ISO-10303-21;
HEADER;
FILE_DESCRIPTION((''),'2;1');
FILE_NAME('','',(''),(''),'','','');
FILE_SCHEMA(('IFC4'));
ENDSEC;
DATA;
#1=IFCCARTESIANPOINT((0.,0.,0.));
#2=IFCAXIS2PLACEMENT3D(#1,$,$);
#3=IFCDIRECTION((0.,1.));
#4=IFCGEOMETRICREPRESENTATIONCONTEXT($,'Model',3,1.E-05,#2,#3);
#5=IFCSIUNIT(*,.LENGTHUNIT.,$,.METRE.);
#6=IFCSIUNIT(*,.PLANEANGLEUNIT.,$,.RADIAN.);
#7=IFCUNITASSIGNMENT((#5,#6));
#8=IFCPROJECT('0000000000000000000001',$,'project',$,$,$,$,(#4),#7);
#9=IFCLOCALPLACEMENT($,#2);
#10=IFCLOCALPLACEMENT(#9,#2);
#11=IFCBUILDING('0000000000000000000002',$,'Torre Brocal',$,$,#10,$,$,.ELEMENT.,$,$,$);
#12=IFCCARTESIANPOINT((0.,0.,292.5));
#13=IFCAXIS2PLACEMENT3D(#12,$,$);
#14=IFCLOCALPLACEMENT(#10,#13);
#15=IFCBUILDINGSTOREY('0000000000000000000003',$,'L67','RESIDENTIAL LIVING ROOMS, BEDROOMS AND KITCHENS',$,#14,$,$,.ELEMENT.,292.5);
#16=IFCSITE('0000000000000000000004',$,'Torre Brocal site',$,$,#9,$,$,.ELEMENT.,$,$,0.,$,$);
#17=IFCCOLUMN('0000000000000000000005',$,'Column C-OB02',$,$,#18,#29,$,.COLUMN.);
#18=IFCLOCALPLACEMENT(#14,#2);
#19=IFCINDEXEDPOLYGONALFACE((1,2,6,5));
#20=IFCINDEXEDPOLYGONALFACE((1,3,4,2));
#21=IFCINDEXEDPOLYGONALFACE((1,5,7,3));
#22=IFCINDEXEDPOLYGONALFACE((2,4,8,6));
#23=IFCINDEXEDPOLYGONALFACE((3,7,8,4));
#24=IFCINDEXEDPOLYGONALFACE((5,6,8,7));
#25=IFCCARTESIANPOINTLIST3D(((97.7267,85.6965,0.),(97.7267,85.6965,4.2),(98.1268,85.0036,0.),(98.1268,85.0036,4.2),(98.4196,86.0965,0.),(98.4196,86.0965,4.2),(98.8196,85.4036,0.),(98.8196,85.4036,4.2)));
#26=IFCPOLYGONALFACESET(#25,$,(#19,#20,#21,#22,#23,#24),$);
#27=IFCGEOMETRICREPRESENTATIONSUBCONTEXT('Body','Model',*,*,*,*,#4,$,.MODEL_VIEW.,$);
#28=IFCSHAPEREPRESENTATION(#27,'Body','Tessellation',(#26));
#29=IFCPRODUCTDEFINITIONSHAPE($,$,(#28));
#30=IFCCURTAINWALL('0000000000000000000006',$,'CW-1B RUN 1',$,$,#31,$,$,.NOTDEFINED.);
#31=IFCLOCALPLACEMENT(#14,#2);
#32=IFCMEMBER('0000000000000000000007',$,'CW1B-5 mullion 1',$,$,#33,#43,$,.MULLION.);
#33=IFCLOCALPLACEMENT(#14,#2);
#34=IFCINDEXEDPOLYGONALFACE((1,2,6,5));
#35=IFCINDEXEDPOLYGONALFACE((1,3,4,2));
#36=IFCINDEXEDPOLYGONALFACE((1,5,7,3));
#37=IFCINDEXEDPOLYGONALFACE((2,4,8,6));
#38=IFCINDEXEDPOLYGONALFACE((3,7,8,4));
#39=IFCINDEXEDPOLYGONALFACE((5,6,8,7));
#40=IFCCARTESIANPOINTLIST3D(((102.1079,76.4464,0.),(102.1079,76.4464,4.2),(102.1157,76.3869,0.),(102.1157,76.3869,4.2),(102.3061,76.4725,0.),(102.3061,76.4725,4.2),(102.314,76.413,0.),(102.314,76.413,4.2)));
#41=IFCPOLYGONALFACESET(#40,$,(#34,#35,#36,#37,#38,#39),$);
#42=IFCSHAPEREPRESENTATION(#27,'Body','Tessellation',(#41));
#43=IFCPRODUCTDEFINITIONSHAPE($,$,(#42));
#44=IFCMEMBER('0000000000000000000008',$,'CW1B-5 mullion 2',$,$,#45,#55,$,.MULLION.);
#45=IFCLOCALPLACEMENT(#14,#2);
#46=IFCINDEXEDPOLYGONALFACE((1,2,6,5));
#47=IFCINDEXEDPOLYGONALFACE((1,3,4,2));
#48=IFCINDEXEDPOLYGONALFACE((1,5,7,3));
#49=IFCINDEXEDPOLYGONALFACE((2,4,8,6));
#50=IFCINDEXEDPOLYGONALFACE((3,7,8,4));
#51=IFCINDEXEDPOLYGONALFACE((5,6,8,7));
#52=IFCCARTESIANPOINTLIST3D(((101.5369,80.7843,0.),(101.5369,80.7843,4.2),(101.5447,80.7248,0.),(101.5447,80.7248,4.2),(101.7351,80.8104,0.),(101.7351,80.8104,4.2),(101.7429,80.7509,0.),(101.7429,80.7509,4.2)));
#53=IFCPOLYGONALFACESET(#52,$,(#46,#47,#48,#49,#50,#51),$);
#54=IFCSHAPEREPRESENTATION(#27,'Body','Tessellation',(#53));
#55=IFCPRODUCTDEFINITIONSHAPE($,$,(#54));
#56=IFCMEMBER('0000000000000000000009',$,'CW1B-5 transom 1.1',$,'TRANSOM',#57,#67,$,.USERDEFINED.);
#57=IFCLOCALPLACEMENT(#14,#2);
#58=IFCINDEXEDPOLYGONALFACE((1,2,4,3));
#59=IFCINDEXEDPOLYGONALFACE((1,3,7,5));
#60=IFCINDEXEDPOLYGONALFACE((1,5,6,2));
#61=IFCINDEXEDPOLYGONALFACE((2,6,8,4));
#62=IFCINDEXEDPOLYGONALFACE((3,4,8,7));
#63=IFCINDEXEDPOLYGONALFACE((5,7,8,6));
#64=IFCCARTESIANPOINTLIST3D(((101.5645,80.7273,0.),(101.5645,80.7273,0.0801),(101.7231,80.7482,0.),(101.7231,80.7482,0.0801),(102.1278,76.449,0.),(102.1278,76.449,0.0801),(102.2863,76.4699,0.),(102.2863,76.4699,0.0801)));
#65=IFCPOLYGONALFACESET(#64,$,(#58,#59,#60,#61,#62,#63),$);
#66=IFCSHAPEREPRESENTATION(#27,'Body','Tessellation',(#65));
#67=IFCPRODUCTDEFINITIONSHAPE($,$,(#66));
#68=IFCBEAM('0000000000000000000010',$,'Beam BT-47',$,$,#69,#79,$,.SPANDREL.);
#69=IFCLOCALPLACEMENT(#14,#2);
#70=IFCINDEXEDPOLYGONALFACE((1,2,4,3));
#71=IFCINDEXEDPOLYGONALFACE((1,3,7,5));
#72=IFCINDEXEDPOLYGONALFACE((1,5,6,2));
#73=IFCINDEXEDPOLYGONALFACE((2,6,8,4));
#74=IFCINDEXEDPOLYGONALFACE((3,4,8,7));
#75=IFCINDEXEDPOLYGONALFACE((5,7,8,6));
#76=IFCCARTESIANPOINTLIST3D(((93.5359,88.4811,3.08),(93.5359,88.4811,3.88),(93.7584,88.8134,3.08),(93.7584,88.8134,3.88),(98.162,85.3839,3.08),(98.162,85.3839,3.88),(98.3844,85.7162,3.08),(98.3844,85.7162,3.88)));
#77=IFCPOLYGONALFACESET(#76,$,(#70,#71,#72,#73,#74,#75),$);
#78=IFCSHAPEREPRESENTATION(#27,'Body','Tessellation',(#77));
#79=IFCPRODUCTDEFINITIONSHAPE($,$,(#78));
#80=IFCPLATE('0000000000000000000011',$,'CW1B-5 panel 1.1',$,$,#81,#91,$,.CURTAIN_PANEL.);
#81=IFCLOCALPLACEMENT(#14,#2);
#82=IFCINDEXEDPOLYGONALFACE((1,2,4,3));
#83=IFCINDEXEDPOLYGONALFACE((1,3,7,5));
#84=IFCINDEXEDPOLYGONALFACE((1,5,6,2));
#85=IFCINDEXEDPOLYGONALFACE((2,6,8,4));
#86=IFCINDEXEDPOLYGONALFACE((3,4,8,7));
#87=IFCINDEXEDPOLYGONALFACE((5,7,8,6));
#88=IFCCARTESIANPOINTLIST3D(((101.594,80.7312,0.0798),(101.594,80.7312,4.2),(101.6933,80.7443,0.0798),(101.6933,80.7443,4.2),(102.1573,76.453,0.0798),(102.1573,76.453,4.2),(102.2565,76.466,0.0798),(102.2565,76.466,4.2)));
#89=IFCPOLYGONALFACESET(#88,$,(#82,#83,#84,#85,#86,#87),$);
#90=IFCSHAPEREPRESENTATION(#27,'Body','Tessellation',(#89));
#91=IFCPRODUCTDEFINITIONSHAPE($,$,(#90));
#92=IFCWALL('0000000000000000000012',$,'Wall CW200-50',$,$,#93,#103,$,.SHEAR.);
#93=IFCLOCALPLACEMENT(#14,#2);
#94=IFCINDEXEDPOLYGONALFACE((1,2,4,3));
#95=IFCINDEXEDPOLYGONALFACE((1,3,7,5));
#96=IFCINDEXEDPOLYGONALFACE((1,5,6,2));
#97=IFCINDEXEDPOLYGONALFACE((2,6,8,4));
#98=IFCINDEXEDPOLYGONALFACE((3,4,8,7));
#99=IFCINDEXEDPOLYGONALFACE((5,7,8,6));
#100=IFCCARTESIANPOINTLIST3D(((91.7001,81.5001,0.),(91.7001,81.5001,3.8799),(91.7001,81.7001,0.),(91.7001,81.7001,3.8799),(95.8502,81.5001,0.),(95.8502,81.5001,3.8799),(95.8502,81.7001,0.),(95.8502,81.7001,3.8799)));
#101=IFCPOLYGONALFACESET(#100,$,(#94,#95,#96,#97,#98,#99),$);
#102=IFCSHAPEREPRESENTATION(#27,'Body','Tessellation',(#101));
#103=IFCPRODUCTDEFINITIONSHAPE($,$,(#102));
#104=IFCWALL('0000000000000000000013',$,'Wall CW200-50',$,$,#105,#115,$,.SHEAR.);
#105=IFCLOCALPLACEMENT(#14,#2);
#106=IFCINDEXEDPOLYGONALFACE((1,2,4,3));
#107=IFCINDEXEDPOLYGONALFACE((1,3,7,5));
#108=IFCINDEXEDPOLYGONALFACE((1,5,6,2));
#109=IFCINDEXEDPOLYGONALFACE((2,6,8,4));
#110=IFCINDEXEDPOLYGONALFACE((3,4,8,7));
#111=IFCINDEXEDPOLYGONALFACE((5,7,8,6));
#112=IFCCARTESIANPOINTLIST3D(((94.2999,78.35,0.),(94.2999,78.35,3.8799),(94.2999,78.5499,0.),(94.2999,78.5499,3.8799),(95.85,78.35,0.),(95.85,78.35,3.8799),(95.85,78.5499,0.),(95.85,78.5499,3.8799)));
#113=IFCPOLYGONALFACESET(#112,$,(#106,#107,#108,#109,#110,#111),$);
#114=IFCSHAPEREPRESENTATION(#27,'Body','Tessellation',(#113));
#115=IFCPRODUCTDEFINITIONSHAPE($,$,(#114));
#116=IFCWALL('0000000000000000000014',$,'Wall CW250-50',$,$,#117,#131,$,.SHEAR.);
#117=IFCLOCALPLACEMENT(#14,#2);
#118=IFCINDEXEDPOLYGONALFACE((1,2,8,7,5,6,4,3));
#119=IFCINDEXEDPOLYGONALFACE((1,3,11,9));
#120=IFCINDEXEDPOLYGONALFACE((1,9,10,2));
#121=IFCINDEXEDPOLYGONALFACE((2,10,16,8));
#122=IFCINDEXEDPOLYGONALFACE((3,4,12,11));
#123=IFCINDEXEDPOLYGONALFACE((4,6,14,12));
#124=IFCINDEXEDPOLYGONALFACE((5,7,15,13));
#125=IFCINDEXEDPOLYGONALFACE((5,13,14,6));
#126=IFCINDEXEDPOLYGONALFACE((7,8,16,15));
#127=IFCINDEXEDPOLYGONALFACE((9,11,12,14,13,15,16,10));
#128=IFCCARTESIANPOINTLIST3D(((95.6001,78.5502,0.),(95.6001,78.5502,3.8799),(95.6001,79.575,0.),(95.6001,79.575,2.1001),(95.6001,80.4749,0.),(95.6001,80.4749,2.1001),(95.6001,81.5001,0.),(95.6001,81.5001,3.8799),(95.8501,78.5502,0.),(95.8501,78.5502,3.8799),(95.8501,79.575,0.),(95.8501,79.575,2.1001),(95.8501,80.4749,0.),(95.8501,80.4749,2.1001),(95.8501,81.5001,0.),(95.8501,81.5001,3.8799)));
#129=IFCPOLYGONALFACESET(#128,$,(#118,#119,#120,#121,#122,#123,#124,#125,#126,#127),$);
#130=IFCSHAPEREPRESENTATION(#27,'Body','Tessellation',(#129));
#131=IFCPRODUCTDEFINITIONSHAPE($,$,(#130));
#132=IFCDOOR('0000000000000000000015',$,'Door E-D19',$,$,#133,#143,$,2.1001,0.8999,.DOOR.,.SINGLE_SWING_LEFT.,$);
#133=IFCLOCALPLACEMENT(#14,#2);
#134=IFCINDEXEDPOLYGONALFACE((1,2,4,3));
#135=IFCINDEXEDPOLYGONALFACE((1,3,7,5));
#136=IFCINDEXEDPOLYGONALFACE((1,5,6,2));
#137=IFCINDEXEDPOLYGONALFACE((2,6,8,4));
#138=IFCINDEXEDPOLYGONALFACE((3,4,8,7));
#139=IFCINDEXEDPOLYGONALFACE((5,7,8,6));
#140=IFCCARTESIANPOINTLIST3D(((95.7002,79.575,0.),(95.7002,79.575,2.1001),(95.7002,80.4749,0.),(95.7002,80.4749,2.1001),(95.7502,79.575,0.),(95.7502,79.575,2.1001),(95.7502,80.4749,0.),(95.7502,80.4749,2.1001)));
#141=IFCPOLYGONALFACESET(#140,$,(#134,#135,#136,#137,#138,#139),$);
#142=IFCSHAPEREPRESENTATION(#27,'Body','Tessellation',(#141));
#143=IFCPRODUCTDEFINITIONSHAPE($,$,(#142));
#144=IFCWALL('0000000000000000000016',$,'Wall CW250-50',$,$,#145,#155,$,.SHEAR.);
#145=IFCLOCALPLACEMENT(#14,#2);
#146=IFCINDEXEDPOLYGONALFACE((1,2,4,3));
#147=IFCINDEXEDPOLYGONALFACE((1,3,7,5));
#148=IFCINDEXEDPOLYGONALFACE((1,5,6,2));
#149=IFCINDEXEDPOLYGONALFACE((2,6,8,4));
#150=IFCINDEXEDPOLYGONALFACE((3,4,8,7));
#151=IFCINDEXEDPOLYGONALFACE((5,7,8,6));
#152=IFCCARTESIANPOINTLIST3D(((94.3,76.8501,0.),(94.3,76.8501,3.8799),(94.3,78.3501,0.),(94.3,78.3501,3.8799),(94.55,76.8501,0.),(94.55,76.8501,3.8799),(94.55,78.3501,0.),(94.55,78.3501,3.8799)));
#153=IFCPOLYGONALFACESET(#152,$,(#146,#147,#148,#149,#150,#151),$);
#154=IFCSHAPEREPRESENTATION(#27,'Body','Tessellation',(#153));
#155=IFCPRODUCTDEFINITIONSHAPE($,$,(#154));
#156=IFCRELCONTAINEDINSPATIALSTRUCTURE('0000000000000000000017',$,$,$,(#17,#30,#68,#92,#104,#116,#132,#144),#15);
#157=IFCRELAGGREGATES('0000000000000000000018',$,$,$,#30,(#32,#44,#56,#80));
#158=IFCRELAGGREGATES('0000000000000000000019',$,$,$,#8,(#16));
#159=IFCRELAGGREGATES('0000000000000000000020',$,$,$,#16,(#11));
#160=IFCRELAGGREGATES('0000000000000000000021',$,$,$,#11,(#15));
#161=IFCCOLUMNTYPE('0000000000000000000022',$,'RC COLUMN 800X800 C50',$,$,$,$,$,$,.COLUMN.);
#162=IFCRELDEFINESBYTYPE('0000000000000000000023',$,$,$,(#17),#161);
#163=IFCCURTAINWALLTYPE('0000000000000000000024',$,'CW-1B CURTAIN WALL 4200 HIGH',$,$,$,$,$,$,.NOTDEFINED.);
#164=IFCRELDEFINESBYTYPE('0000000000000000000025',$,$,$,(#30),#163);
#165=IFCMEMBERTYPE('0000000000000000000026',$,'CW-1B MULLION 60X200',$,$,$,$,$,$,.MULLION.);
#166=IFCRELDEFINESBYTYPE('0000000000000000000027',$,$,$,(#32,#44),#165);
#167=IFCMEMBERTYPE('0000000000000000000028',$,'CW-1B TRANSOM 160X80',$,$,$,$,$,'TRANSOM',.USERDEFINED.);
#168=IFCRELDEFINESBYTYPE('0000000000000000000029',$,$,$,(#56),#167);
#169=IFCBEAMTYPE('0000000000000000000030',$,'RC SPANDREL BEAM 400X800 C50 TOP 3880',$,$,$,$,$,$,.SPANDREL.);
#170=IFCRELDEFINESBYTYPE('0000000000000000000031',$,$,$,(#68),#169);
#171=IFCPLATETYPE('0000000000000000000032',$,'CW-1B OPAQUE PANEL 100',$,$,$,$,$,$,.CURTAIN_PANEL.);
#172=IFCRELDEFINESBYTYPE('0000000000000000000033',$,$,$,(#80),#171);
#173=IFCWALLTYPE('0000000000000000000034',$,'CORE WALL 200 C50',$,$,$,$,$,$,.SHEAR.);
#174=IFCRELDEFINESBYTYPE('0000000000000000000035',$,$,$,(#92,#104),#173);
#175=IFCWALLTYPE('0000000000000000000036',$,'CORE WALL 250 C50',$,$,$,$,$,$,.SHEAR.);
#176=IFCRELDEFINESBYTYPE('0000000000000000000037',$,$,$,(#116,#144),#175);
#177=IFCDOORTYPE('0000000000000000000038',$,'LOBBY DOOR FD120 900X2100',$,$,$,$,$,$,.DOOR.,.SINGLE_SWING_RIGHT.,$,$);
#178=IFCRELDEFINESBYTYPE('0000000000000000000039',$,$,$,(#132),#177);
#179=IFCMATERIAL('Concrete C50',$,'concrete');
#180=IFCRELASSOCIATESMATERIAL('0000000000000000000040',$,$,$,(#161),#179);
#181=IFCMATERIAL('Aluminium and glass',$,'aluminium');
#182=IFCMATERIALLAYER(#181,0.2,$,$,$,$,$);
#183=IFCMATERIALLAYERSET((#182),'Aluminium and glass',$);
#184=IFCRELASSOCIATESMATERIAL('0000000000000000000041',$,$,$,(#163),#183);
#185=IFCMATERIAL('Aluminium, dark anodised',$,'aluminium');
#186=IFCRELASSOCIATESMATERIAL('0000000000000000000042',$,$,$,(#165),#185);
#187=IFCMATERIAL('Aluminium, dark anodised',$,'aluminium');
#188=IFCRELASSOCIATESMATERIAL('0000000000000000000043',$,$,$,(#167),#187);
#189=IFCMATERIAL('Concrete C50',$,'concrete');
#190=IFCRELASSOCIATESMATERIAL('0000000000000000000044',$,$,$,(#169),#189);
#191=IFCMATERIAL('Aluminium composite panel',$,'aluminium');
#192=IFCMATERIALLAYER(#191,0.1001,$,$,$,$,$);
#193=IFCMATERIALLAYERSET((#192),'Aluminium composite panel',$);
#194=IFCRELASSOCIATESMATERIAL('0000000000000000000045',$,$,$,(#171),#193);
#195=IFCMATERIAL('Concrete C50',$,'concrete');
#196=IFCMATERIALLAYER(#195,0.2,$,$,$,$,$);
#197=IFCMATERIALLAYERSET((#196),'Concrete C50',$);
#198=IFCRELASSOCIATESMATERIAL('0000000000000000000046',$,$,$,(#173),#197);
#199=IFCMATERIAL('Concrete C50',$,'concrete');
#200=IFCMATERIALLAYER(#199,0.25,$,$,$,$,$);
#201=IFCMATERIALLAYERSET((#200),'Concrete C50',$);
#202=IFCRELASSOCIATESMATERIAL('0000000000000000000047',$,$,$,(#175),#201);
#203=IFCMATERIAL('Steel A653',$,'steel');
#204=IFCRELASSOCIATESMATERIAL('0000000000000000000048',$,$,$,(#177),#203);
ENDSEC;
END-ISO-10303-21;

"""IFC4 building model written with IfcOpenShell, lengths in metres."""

from ifc_helpers import new_model, si_unit, direction, frame, frame_2d, origin, origin_2d, place, context, subcontext, project, spatial, rectangle, extrude, material, layer, layer_set, material_profile, profile_set, type_object, element, fill, aggregate, save


model = new_model("IFC4")

# Units and contexts
model_context = context("Model", 3, precision=1e-05, world=origin(), true_north=direction((0.0, 1.0)))
body_context = subcontext(model_context, "Body", "Model", "MODEL_VIEW")
ifc_project = project(units=[si_unit("LENGTHUNIT", "METRE"), si_unit("PLANEANGLEUNIT", "RADIAN")], contexts=[model_context])

# Site, building, storey
site_placement = place(None, origin())
site = spatial("IfcSite", under=ifc_project, at=site_placement, Name="Torre Brocal site", CompositionType="ELEMENT", RefElevation=0.0)
building_placement = place(site_placement, origin())
building = spatial("IfcBuilding", under=site, at=building_placement, Name="Torre Brocal", CompositionType="ELEMENT")
storey_placement = place(building_placement, frame((0.0, 0.0, 292.5)))
storey = spatial("IfcBuildingStorey", under=building, at=storey_placement, Name="L67", Description="RESIDENTIAL LIVING ROOMS, BEDROOMS AND KITCHENS", CompositionType="ELEMENT", Elevation=292.5)

# Column
ifc_material_1 = material(Name="Concrete C50", Category="concrete")
ifc_material_profile_1 = material_profile(ifc_material_1, rectangle(XDim=0.8, YDim=0.8, at=origin_2d()), Name="RC 800X800")
ifc_profile_set_1 = profile_set([ifc_material_profile_1], Name="Concrete C50")
column_type = type_object("IfcColumnType", Name="RC COLUMN 800X800 C50", PredefinedType="COLUMN", material=ifc_profile_set_1)
column_placement = place(storey_placement, frame((98.2732, 85.55, 0.0), z_axis=(0.0, 0.0, 1.0), x_axis=(0.866025, 0.5, 0.0)))
element("IfcColumn", 1, at=column_placement, inside=storey, type_object=column_type, Name="Column C-OB02", PredefinedType="COLUMN", context=body_context, shape_type="SweptSolid", body=[
    extrude(rectangle(XDim=0.8, YDim=0.8, at=origin_2d()), origin(), (0.0, 0.0, 1.0), 4.2),
])

# Curtain wall, members
ifc_material_2 = material(Name="Aluminium and glass", Category="aluminium")
ifc_layer_1 = layer(ifc_material_2, 0.2)
ifc_layer_set_1 = layer_set([ifc_layer_1], Name="Aluminium and glass")
curtain_wall_type = type_object("IfcCurtainWallType", Name="CW-1B CURTAIN WALL 4200 HIGH", PredefinedType="NOTDEFINED", material=ifc_layer_set_1)
curtain_wall_placement = place(storey_placement, origin())
curtain_wall = element("IfcCurtainWall", 2, at=curtain_wall_placement, inside=storey, type_object=curtain_wall_type, Name="CW-1B RUN 1", PredefinedType="NOTDEFINED")
ifc_material_3 = material(Name="Aluminium, dark anodised", Category="aluminium")
ifc_material_profile_2 = material_profile(ifc_material_3, rectangle(XDim=0.2, YDim=0.0601, at=origin_2d()), Name="CW-1B MULLION 60X200")
ifc_profile_set_2 = profile_set([ifc_material_profile_2], Name="Aluminium, dark anodised")
member_type_1 = type_object("IfcMemberType", Name="CW-1B MULLION 60X200", PredefinedType="MULLION", material=ifc_profile_set_2)
member_1_placement = place(storey_placement, frame((102.2109, 76.4297, 0.0), z_axis=(0.0, 0.0, 1.0), x_axis=(-0.991445, -0.130526, 0.0)))
member_1 = element("IfcMember", 3, at=member_1_placement, type_object=member_type_1, Name="CW1B-5 mullion 1", PredefinedType="MULLION", context=body_context, shape_type="SweptSolid", body=[
    extrude(rectangle(XDim=0.2, YDim=0.0601, at=origin_2d()), origin(), (0.0, 0.0, 1.0), 4.2),
])
member_2_placement = place(storey_placement, frame((101.6399, 80.7676, 0.0), z_axis=(0.0, 0.0, 1.0), x_axis=(-0.991445, -0.130526, 0.0)))
member_2 = element("IfcMember", 4, at=member_2_placement, type_object=member_type_1, Name="CW1B-5 mullion 2", PredefinedType="MULLION", context=body_context, shape_type="SweptSolid", body=[
    extrude(rectangle(XDim=0.2, YDim=0.0601, at=origin_2d()), origin(), (0.0, 0.0, 1.0), 4.2),
])
ifc_material_4 = material(Name="Aluminium, dark anodised", Category="aluminium")
ifc_material_profile_3 = material_profile(ifc_material_4, rectangle(XDim=0.1599, YDim=0.0801, at=origin_2d()), Name="CW-1B TRANSOM 160X80")
ifc_profile_set_3 = profile_set([ifc_material_profile_3], Name="Aluminium, dark anodised")
member_type_2 = type_object("IfcMemberType", Name="CW-1B TRANSOM 160X80", ElementType="TRANSOM", PredefinedType="USERDEFINED", material=ifc_profile_set_3)
member_3_placement = place(storey_placement, frame((102.207, 76.4595, 0.04), z_axis=(-0.130522, 0.991445, 0.0), x_axis=(-0.991445, -0.130522, 0.0)))
member_3 = element("IfcMember", 5, at=member_3_placement, type_object=member_type_2, Name="CW1B-5 transom 1.1", ObjectType="TRANSOM", PredefinedType="USERDEFINED", context=body_context, shape_type="SweptSolid", body=[
    extrude(rectangle(XDim=0.1599, YDim=0.0801, at=origin_2d()), origin(), (0.0, 0.0, 1.0), 4.3152),
])

# Beam
ifc_material_5 = material(Name="Concrete C50", Category="concrete")
ifc_material_profile_4 = material_profile(ifc_material_5, rectangle(XDim=0.3999, YDim=0.8, at=origin_2d()), Name="RC 400X800")
ifc_profile_set_4 = profile_set([ifc_material_profile_4], Name="Concrete C50")
beam_type = type_object("IfcBeamType", Name="RC SPANDREL BEAM 400X800 C50 TOP 3880", PredefinedType="SPANDREL", material=ifc_profile_set_4)
beam_placement = place(storey_placement, frame((98.2732, 85.55, 3.48), z_axis=(-0.830956, 0.556339, 0.0), x_axis=(-0.556339, -0.830956, 0.0)))
element("IfcBeam", 6, at=beam_placement, inside=storey, type_object=beam_type, Name="Beam BT-47", PredefinedType="SPANDREL", context=body_context, shape_type="SweptSolid", body=[
    extrude(rectangle(XDim=0.3999, YDim=0.8, at=origin_2d()), origin(), (0.0, 0.0, 1.0), 5.5671),
])

# Plate
ifc_material_6 = material(Name="Aluminium composite panel", Category="aluminium")
ifc_layer_2 = layer(ifc_material_6, 0.1001)
ifc_layer_set_2 = layer_set([ifc_layer_2], Name="Aluminium composite panel")
plate_type = type_object("IfcPlateType", Name="CW-1B OPAQUE PANEL 100", PredefinedType="CURTAIN_PANEL", material=ifc_layer_set_2)
plate_placement = place(storey_placement, frame((101.9253, 78.5986, 0.0798), z_axis=(0.0, 0.0, 1.0), x_axis=(-0.130526, 0.991445, 0.0)))
plate = element("IfcPlate", 7, at=plate_placement, type_object=plate_type, Name="CW1B-5 panel 1.1", PredefinedType="CURTAIN_PANEL", context=body_context, shape_type="SweptSolid", body=[
    extrude(rectangle(XDim=4.3152, YDim=0.1001, at=origin_2d()), origin(), (0.0, 0.0, 1.0), 4.1201),
])
aggregate(curtain_wall, [member_1, member_2, member_3, plate])

# Walls
ifc_material_7 = material(Name="Concrete C50", Category="concrete")
ifc_layer_3 = layer(ifc_material_7, 0.2)
ifc_layer_set_3 = layer_set([ifc_layer_3], Name="Concrete C50")
wall_type_1 = type_object("IfcWallType", Name="CORE WALL 200 C50", PredefinedType="SHEAR", material=ifc_layer_set_3)
wall_1_placement = place(storey_placement, frame((91.7, 81.6001, 0.0), z_axis=(0.0, 0.0, 1.0), x_axis=(1.0, 0.0, 0.0)))
element("IfcWall", 8, at=wall_1_placement, inside=storey, type_object=wall_type_1, Name="Wall CW200-50", PredefinedType="SHEAR", context=body_context, shape_type="SweptSolid", body=[
    extrude(rectangle(XDim=4.1501, YDim=0.2, at=frame_2d((2.0752, 0.0))), origin(), (0.0, 0.0, 1.0), 3.8799),
])
wall_2_placement = place(storey_placement, frame((94.3, 78.45, 0.0), z_axis=(0.0, 0.0, 1.0), x_axis=(1.0, 0.0, 0.0)))
element("IfcWall", 9, at=wall_2_placement, inside=storey, type_object=wall_type_1, Name="Wall CW200-50", PredefinedType="SHEAR", context=body_context, shape_type="SweptSolid", body=[
    extrude(rectangle(XDim=1.55, YDim=0.2, at=frame_2d((0.7749, 0.0))), origin(), (0.0, 0.0, 1.0), 3.8799),
])

# Wall, opening, door
ifc_material_8 = material(Name="Concrete C50", Category="concrete")
ifc_layer_4 = layer(ifc_material_8, 0.25)
ifc_layer_set_4 = layer_set([ifc_layer_4], Name="Concrete C50")
wall_type_2 = type_object("IfcWallType", Name="CORE WALL 250 C50", PredefinedType="SHEAR", material=ifc_layer_set_4)
wall_3_placement = place(storey_placement, frame((95.7251, 78.55, 0.0), z_axis=(0.0, 0.0, 1.0), x_axis=(0.0, 1.0, 0.0)))
wall_3 = element("IfcWall", 10, at=wall_3_placement, inside=storey, type_object=wall_type_2, Name="Wall CW250-50", PredefinedType="SHEAR", context=body_context, shape_type="SweptSolid", body=[
    extrude(rectangle(XDim=2.95, YDim=0.25, at=frame_2d((1.4751, 0.0))), origin(), (0.0, 0.0, 1.0), 3.8799),
])
opening_1_placement = place(wall_3_placement, frame((1.0249, 0.0, 0.0)))
opening_1 = element("IfcOpeningElement", 11, at=opening_1_placement, cuts=wall_3, PredefinedType="OPENING", context=body_context, shape_type="SweptSolid", body=[
    extrude(rectangle(XDim=0.8999, YDim=2.1001, at=frame_2d((0.45, 1.05))), frame((0.0, 0.135, 0.0), z_axis=(0.0, -1.0, 0.0), x_axis=(1.0, 0.0, 0.0)), (0.0, 0.0, 1.0), 0.27),
])
ifc_material_9 = material(Name="Steel A653", Category="steel")
door_type_1 = type_object("IfcDoorType", Name="LOBBY DOOR FD120 900X2100", OperationType="SINGLE_SWING_RIGHT", PredefinedType="DOOR", material=ifc_material_9)
door_1_placement = place(opening_1_placement, origin())
door_1 = element("IfcDoor", 12, at=door_1_placement, inside=storey, type_object=door_type_1, Name="Door E-D19", OperationType="SINGLE_SWING_LEFT", OverallHeight=2.1001, OverallWidth=0.8999, PredefinedType="DOOR", context=body_context, shape_type="SweptSolid", body=[
    extrude(rectangle(XDim=0.8999, YDim=2.1001, at=frame_2d((0.45, 1.05))), frame((0.0, 0.0249, 0.0), z_axis=(0.0, -1.0, 0.0), x_axis=(1.0, 0.0, 0.0)), (0.0, 0.0, 1.0), 0.05),
])
fill(opening_1, door_1)

# Wall
wall_4_placement = place(storey_placement, frame((94.425, 76.8501, 0.0), z_axis=(0.0, 0.0, 1.0), x_axis=(0.0, 1.0, 0.0)))
element("IfcWall", 13, at=wall_4_placement, inside=storey, type_object=wall_type_2, Name="Wall CW250-50", PredefinedType="SHEAR", context=body_context, shape_type="SweptSolid", body=[
    extrude(rectangle(XDim=1.5, YDim=0.25, at=frame_2d((0.75, 0.0))), origin(), (0.0, 0.0, 1.0), 3.8799),
])

save(model, "model.ifc")
